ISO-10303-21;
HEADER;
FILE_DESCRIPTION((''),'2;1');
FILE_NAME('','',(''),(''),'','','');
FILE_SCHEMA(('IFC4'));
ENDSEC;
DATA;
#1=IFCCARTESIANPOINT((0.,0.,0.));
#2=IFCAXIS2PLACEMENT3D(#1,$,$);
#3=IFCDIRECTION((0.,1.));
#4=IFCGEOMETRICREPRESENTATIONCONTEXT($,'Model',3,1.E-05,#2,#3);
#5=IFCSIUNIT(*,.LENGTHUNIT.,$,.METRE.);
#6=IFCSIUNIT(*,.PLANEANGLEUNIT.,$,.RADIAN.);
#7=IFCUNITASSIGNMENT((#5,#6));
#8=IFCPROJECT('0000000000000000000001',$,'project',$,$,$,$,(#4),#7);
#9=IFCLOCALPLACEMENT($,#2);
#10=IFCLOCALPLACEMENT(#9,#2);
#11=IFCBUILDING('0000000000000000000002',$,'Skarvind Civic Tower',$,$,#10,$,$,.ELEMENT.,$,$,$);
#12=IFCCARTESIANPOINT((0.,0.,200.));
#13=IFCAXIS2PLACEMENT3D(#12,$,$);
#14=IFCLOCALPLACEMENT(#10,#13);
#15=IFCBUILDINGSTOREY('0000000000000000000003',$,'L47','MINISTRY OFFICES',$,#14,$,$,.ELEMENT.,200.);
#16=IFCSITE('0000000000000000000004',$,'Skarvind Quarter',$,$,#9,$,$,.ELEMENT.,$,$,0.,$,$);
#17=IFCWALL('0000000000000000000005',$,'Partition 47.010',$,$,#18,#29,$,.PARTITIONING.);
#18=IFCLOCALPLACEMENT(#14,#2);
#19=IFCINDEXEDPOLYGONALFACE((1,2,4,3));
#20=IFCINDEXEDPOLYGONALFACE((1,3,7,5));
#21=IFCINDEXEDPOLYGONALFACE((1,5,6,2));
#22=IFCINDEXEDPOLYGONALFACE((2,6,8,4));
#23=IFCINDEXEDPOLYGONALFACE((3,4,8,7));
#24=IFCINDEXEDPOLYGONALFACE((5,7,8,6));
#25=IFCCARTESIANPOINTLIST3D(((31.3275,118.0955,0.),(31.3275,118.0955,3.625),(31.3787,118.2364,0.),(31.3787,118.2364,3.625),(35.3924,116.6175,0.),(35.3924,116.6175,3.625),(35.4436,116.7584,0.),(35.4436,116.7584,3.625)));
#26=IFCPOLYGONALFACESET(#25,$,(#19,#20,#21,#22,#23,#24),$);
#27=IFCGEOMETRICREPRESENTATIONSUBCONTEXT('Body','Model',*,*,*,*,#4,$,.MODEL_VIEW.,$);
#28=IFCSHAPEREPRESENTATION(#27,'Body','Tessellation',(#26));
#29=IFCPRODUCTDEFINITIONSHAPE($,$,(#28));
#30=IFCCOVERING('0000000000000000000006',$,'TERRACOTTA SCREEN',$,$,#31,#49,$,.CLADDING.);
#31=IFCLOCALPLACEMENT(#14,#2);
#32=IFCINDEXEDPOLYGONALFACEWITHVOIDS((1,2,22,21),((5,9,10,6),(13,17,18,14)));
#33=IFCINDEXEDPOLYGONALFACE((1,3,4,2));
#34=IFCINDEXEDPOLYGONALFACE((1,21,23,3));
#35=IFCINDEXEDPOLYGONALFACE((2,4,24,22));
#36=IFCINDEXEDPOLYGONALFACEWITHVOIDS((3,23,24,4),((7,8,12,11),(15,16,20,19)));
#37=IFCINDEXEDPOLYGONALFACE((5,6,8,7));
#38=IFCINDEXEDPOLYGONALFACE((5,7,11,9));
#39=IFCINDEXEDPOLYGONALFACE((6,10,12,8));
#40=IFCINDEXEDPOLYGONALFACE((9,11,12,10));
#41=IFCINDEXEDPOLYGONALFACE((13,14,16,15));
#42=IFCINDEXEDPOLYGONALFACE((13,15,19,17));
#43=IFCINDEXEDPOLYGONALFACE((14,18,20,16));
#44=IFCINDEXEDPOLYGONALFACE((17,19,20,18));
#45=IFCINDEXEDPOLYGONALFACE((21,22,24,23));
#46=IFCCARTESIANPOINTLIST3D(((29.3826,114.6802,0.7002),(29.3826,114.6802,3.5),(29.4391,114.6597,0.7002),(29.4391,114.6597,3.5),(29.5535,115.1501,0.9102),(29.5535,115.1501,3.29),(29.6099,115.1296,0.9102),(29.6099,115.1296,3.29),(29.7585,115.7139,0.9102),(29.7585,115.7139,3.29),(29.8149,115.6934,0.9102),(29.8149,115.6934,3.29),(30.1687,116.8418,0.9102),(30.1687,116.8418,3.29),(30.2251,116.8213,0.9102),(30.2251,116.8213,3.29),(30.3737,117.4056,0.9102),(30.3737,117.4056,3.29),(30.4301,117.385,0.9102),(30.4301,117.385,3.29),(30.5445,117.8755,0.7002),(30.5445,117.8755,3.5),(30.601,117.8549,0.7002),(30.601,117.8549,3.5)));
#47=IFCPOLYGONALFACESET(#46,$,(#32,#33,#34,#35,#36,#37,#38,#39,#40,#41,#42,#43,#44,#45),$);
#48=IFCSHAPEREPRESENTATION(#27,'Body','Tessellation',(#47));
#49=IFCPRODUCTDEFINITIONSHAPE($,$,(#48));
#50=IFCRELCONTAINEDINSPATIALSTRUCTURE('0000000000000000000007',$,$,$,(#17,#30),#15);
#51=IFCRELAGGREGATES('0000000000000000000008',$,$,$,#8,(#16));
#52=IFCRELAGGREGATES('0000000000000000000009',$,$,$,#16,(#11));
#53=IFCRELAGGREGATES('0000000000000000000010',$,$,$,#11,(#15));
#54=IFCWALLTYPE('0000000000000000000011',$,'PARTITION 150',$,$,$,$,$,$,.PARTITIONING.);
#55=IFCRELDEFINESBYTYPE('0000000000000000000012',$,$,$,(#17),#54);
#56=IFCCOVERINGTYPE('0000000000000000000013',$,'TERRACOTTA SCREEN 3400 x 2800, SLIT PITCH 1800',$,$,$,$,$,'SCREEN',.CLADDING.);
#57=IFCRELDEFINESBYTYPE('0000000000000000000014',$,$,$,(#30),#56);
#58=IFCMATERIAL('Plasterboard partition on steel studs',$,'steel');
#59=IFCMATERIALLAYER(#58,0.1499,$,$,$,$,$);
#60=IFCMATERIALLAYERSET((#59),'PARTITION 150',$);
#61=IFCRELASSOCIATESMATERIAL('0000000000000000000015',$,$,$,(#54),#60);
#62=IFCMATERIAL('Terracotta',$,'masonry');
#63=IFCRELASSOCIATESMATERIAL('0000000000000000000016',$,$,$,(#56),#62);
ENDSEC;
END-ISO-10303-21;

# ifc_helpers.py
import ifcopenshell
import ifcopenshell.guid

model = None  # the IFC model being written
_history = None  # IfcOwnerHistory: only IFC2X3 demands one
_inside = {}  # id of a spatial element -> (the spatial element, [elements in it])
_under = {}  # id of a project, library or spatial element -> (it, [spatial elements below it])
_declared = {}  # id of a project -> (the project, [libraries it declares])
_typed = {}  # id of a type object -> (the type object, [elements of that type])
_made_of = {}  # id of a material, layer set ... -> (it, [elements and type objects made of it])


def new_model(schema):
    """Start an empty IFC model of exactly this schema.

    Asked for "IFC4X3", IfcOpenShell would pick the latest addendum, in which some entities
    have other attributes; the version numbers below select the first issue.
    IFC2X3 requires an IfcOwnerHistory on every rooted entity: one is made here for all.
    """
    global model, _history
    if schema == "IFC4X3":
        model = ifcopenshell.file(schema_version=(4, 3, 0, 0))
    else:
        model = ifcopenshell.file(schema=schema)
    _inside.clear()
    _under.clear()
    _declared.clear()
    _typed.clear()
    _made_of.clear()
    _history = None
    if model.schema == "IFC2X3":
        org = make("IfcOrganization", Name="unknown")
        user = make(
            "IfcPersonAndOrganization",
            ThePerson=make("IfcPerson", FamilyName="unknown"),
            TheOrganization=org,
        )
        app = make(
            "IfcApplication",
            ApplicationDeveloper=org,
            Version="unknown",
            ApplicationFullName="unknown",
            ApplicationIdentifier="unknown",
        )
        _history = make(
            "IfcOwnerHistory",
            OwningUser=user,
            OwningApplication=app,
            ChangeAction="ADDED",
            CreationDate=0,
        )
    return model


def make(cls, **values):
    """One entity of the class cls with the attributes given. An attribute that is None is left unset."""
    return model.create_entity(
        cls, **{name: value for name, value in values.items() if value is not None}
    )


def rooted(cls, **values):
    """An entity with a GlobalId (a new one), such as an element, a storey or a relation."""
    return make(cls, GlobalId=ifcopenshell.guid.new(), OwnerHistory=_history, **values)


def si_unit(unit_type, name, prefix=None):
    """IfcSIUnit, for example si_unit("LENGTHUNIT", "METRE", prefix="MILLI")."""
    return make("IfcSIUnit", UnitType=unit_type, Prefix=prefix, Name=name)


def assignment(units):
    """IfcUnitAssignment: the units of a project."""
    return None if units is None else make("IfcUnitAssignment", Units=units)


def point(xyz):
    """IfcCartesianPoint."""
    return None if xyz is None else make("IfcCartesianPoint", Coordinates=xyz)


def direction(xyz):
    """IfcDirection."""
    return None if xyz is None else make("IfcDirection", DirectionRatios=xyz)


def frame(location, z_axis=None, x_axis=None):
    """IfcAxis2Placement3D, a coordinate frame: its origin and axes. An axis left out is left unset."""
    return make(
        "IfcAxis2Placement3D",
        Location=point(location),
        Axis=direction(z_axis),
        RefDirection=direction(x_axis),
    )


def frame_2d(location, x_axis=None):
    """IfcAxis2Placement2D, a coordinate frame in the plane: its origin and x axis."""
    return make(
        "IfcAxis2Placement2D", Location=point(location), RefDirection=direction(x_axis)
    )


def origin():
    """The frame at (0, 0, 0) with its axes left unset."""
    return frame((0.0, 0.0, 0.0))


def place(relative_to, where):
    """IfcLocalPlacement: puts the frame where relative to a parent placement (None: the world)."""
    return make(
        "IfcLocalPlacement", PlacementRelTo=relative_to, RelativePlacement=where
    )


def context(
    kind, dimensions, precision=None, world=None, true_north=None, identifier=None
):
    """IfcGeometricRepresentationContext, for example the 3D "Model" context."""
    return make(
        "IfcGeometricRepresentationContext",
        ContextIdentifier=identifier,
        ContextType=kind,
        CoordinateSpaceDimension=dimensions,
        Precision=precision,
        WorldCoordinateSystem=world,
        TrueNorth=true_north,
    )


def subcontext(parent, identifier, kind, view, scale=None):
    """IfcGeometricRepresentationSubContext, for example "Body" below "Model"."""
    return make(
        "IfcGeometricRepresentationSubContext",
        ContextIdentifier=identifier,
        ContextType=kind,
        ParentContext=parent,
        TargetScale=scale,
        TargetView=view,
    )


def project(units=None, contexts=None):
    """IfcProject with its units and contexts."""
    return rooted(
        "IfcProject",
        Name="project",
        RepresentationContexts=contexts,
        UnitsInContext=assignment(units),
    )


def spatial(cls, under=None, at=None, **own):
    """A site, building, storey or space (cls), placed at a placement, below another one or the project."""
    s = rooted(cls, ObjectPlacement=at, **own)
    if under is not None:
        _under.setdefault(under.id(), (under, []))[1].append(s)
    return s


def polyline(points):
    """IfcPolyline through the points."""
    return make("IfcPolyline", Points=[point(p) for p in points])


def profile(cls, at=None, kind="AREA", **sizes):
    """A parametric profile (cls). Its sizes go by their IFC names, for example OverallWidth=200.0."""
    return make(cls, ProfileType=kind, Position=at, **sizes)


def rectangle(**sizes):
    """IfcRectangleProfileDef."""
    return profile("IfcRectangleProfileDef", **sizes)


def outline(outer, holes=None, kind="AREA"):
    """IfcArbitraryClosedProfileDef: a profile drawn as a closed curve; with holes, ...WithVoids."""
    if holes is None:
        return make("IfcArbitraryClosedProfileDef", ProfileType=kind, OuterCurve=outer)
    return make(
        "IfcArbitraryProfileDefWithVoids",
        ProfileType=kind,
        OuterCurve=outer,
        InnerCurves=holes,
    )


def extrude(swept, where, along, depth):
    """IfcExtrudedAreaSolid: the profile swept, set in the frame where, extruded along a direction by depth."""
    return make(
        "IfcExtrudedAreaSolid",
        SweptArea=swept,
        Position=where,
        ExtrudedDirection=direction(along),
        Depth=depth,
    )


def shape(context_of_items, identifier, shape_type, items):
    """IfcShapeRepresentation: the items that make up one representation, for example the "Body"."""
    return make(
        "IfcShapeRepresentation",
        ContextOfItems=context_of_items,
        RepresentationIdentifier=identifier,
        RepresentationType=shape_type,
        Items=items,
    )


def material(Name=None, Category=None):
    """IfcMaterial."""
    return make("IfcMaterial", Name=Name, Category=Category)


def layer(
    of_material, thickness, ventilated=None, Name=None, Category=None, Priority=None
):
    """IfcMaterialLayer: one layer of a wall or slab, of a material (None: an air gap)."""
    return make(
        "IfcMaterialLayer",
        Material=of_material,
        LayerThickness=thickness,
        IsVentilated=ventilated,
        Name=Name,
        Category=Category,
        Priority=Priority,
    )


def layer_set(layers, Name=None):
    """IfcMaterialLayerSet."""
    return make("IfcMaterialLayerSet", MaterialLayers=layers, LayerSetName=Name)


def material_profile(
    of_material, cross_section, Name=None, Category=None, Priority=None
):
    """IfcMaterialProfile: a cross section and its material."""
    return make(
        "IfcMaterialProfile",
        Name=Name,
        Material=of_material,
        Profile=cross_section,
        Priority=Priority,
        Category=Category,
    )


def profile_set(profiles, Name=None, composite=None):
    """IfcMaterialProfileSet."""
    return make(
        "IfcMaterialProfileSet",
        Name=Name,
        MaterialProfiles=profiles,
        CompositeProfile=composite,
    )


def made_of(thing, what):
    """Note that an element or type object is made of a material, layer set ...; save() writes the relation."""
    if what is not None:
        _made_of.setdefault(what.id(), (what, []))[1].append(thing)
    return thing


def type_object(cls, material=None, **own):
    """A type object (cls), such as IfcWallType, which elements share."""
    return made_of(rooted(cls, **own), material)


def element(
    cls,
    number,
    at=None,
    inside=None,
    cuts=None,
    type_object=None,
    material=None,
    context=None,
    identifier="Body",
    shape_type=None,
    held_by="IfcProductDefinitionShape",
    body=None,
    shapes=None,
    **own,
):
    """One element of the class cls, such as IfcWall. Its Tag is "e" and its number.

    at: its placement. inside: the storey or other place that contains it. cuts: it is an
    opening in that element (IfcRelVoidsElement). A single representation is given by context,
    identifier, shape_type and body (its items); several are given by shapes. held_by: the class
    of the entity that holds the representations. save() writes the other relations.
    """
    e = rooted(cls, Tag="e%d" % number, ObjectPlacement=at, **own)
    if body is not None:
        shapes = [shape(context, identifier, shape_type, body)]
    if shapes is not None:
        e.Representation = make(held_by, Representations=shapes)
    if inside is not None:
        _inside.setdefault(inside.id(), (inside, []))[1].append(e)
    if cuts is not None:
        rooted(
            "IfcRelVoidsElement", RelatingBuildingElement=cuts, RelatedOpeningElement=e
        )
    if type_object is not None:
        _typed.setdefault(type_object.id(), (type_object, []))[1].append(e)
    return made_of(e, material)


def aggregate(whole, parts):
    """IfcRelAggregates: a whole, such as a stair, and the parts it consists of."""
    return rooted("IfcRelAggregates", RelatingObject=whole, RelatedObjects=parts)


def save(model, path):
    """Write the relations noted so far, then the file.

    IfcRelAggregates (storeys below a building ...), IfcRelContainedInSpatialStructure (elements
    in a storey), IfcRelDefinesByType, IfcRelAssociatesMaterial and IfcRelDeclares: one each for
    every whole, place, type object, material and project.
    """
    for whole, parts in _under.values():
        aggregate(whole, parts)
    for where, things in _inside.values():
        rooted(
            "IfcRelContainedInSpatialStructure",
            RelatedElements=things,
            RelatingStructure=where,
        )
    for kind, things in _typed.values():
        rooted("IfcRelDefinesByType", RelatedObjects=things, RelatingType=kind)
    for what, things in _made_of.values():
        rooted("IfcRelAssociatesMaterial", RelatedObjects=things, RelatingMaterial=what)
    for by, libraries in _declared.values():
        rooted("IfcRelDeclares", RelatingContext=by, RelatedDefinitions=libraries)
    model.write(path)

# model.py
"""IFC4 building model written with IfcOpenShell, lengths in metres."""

from ifc_helpers import new_model, si_unit, direction, frame, frame_2d, origin, place, context, subcontext, project, spatial, polyline, rectangle, outline, extrude, material, layer, layer_set, material_profile, profile_set, type_object, element, save


model = new_model("IFC4")

# Units and contexts
model_context = context("Model", 3, precision=1e-05, world=origin(), true_north=direction((0.0, 1.0)))
body_context = subcontext(model_context, "Body", "Model", "MODEL_VIEW")
ifc_project = project(units=[si_unit("LENGTHUNIT", "METRE"), si_unit("PLANEANGLEUNIT", "RADIAN")], contexts=[model_context])

# Site, building, storey
site_placement = place(None, origin())
site = spatial("IfcSite", under=ifc_project, at=site_placement, Name="Skarvind Quarter", CompositionType="ELEMENT", RefElevation=0.0)
building_placement = place(site_placement, origin())
building = spatial("IfcBuilding", under=site, at=building_placement, Name="Skarvind Civic Tower", CompositionType="ELEMENT")
storey_placement = place(building_placement, frame((0.0, 0.0, 200.0)))
storey = spatial("IfcBuildingStorey", under=building, at=storey_placement, Name="L47", Description="MINISTRY OFFICES", CompositionType="ELEMENT", Elevation=200.0)

# Shared definitions
ifc_material_1 = material(Name="Plasterboard partition on steel studs", Category="steel")
ifc_layer_1 = layer(ifc_material_1, 0.1499)
ifc_layer_set_1 = layer_set([ifc_layer_1], Name="PARTITION 150")
wall_type_1 = type_object("IfcWallType", Name="PARTITION 150", PredefinedType="PARTITIONING", material=ifc_layer_set_1)

# Wall
wall_1_placement = place(storey_placement, frame((35.418, 116.688, 0.0), z_axis=(0.0, 0.0, 1.0), x_axis=(-0.939803, 0.341716, 0.0)))
element("IfcWall", 1, at=wall_1_placement, inside=storey, type_object=wall_type_1, Name="Partition 47.010", PredefinedType="PARTITIONING", context=body_context, shape_type="SweptSolid", body=[
    extrude(rectangle(XDim=4.3252, YDim=0.1499, at=frame_2d((2.1626, 0.0))), origin(), (0.0, 0.0, 1.0), 3.625),
])

# Covering
ifc_material_2 = material(Name="Terracotta", Category="masonry")
ifc_material_profile_1 = material_profile(ifc_material_2, outline(polyline([(-1.7, -1.3999), (1.7, -1.3999), (1.7, 1.3999), (-1.7, 1.3999), (-1.7, -1.3999)]), holes=[polyline([(-1.2, -1.1899), (-0.6001, -1.1899), (-0.6001, 1.1899), (-1.2, 1.1899), (-1.2, -1.1899)]), polyline([(0.6001, -1.1899), (1.2, -1.1899), (1.2, 1.1899), (0.6001, 1.1899), (0.6001, -1.1899)])]), Name="TERRACOTTA SCREEN 3400 x 2800, SLIT PITCH 1800")
ifc_profile_set_1 = profile_set([ifc_material_profile_1], Name="Terracotta")
covering_type = type_object("IfcCoveringType", Name="TERRACOTTA SCREEN 3400 x 2800, SLIT PITCH 1800", ElementType="SCREEN", PredefinedType="CLADDING", material=ifc_profile_set_1)
covering_placement = place(storey_placement, frame((30.02, 116.2573, 2.1001), z_axis=(-0.939793, 0.341743, 0.0), x_axis=(-0.341743, -0.939793, 0.0)))
element("IfcCovering", 2, at=covering_placement, inside=storey, type_object=covering_type, Name="TERRACOTTA SCREEN", PredefinedType="CLADDING", context=body_context, shape_type="SweptSolid", body=[
    extrude(outline(polyline([(-1.7, -1.3999), (1.7, -1.3999), (1.7, 1.3999), (-1.7, 1.3999), (-1.7, -1.3999)]), holes=[polyline([(-1.2, -1.1899), (-0.6001, -1.1899), (-0.6001, 1.1899), (-1.2, 1.1899), (-1.2, -1.1899)]), polyline([(0.6001, -1.1899), (1.2, -1.1899), (1.2, 1.1899), (0.6001, 1.1899), (0.6001, -1.1899)])]), origin(), (0.0, 0.0, 1.0), 0.0601),
])

save(model, "model.ifc")
